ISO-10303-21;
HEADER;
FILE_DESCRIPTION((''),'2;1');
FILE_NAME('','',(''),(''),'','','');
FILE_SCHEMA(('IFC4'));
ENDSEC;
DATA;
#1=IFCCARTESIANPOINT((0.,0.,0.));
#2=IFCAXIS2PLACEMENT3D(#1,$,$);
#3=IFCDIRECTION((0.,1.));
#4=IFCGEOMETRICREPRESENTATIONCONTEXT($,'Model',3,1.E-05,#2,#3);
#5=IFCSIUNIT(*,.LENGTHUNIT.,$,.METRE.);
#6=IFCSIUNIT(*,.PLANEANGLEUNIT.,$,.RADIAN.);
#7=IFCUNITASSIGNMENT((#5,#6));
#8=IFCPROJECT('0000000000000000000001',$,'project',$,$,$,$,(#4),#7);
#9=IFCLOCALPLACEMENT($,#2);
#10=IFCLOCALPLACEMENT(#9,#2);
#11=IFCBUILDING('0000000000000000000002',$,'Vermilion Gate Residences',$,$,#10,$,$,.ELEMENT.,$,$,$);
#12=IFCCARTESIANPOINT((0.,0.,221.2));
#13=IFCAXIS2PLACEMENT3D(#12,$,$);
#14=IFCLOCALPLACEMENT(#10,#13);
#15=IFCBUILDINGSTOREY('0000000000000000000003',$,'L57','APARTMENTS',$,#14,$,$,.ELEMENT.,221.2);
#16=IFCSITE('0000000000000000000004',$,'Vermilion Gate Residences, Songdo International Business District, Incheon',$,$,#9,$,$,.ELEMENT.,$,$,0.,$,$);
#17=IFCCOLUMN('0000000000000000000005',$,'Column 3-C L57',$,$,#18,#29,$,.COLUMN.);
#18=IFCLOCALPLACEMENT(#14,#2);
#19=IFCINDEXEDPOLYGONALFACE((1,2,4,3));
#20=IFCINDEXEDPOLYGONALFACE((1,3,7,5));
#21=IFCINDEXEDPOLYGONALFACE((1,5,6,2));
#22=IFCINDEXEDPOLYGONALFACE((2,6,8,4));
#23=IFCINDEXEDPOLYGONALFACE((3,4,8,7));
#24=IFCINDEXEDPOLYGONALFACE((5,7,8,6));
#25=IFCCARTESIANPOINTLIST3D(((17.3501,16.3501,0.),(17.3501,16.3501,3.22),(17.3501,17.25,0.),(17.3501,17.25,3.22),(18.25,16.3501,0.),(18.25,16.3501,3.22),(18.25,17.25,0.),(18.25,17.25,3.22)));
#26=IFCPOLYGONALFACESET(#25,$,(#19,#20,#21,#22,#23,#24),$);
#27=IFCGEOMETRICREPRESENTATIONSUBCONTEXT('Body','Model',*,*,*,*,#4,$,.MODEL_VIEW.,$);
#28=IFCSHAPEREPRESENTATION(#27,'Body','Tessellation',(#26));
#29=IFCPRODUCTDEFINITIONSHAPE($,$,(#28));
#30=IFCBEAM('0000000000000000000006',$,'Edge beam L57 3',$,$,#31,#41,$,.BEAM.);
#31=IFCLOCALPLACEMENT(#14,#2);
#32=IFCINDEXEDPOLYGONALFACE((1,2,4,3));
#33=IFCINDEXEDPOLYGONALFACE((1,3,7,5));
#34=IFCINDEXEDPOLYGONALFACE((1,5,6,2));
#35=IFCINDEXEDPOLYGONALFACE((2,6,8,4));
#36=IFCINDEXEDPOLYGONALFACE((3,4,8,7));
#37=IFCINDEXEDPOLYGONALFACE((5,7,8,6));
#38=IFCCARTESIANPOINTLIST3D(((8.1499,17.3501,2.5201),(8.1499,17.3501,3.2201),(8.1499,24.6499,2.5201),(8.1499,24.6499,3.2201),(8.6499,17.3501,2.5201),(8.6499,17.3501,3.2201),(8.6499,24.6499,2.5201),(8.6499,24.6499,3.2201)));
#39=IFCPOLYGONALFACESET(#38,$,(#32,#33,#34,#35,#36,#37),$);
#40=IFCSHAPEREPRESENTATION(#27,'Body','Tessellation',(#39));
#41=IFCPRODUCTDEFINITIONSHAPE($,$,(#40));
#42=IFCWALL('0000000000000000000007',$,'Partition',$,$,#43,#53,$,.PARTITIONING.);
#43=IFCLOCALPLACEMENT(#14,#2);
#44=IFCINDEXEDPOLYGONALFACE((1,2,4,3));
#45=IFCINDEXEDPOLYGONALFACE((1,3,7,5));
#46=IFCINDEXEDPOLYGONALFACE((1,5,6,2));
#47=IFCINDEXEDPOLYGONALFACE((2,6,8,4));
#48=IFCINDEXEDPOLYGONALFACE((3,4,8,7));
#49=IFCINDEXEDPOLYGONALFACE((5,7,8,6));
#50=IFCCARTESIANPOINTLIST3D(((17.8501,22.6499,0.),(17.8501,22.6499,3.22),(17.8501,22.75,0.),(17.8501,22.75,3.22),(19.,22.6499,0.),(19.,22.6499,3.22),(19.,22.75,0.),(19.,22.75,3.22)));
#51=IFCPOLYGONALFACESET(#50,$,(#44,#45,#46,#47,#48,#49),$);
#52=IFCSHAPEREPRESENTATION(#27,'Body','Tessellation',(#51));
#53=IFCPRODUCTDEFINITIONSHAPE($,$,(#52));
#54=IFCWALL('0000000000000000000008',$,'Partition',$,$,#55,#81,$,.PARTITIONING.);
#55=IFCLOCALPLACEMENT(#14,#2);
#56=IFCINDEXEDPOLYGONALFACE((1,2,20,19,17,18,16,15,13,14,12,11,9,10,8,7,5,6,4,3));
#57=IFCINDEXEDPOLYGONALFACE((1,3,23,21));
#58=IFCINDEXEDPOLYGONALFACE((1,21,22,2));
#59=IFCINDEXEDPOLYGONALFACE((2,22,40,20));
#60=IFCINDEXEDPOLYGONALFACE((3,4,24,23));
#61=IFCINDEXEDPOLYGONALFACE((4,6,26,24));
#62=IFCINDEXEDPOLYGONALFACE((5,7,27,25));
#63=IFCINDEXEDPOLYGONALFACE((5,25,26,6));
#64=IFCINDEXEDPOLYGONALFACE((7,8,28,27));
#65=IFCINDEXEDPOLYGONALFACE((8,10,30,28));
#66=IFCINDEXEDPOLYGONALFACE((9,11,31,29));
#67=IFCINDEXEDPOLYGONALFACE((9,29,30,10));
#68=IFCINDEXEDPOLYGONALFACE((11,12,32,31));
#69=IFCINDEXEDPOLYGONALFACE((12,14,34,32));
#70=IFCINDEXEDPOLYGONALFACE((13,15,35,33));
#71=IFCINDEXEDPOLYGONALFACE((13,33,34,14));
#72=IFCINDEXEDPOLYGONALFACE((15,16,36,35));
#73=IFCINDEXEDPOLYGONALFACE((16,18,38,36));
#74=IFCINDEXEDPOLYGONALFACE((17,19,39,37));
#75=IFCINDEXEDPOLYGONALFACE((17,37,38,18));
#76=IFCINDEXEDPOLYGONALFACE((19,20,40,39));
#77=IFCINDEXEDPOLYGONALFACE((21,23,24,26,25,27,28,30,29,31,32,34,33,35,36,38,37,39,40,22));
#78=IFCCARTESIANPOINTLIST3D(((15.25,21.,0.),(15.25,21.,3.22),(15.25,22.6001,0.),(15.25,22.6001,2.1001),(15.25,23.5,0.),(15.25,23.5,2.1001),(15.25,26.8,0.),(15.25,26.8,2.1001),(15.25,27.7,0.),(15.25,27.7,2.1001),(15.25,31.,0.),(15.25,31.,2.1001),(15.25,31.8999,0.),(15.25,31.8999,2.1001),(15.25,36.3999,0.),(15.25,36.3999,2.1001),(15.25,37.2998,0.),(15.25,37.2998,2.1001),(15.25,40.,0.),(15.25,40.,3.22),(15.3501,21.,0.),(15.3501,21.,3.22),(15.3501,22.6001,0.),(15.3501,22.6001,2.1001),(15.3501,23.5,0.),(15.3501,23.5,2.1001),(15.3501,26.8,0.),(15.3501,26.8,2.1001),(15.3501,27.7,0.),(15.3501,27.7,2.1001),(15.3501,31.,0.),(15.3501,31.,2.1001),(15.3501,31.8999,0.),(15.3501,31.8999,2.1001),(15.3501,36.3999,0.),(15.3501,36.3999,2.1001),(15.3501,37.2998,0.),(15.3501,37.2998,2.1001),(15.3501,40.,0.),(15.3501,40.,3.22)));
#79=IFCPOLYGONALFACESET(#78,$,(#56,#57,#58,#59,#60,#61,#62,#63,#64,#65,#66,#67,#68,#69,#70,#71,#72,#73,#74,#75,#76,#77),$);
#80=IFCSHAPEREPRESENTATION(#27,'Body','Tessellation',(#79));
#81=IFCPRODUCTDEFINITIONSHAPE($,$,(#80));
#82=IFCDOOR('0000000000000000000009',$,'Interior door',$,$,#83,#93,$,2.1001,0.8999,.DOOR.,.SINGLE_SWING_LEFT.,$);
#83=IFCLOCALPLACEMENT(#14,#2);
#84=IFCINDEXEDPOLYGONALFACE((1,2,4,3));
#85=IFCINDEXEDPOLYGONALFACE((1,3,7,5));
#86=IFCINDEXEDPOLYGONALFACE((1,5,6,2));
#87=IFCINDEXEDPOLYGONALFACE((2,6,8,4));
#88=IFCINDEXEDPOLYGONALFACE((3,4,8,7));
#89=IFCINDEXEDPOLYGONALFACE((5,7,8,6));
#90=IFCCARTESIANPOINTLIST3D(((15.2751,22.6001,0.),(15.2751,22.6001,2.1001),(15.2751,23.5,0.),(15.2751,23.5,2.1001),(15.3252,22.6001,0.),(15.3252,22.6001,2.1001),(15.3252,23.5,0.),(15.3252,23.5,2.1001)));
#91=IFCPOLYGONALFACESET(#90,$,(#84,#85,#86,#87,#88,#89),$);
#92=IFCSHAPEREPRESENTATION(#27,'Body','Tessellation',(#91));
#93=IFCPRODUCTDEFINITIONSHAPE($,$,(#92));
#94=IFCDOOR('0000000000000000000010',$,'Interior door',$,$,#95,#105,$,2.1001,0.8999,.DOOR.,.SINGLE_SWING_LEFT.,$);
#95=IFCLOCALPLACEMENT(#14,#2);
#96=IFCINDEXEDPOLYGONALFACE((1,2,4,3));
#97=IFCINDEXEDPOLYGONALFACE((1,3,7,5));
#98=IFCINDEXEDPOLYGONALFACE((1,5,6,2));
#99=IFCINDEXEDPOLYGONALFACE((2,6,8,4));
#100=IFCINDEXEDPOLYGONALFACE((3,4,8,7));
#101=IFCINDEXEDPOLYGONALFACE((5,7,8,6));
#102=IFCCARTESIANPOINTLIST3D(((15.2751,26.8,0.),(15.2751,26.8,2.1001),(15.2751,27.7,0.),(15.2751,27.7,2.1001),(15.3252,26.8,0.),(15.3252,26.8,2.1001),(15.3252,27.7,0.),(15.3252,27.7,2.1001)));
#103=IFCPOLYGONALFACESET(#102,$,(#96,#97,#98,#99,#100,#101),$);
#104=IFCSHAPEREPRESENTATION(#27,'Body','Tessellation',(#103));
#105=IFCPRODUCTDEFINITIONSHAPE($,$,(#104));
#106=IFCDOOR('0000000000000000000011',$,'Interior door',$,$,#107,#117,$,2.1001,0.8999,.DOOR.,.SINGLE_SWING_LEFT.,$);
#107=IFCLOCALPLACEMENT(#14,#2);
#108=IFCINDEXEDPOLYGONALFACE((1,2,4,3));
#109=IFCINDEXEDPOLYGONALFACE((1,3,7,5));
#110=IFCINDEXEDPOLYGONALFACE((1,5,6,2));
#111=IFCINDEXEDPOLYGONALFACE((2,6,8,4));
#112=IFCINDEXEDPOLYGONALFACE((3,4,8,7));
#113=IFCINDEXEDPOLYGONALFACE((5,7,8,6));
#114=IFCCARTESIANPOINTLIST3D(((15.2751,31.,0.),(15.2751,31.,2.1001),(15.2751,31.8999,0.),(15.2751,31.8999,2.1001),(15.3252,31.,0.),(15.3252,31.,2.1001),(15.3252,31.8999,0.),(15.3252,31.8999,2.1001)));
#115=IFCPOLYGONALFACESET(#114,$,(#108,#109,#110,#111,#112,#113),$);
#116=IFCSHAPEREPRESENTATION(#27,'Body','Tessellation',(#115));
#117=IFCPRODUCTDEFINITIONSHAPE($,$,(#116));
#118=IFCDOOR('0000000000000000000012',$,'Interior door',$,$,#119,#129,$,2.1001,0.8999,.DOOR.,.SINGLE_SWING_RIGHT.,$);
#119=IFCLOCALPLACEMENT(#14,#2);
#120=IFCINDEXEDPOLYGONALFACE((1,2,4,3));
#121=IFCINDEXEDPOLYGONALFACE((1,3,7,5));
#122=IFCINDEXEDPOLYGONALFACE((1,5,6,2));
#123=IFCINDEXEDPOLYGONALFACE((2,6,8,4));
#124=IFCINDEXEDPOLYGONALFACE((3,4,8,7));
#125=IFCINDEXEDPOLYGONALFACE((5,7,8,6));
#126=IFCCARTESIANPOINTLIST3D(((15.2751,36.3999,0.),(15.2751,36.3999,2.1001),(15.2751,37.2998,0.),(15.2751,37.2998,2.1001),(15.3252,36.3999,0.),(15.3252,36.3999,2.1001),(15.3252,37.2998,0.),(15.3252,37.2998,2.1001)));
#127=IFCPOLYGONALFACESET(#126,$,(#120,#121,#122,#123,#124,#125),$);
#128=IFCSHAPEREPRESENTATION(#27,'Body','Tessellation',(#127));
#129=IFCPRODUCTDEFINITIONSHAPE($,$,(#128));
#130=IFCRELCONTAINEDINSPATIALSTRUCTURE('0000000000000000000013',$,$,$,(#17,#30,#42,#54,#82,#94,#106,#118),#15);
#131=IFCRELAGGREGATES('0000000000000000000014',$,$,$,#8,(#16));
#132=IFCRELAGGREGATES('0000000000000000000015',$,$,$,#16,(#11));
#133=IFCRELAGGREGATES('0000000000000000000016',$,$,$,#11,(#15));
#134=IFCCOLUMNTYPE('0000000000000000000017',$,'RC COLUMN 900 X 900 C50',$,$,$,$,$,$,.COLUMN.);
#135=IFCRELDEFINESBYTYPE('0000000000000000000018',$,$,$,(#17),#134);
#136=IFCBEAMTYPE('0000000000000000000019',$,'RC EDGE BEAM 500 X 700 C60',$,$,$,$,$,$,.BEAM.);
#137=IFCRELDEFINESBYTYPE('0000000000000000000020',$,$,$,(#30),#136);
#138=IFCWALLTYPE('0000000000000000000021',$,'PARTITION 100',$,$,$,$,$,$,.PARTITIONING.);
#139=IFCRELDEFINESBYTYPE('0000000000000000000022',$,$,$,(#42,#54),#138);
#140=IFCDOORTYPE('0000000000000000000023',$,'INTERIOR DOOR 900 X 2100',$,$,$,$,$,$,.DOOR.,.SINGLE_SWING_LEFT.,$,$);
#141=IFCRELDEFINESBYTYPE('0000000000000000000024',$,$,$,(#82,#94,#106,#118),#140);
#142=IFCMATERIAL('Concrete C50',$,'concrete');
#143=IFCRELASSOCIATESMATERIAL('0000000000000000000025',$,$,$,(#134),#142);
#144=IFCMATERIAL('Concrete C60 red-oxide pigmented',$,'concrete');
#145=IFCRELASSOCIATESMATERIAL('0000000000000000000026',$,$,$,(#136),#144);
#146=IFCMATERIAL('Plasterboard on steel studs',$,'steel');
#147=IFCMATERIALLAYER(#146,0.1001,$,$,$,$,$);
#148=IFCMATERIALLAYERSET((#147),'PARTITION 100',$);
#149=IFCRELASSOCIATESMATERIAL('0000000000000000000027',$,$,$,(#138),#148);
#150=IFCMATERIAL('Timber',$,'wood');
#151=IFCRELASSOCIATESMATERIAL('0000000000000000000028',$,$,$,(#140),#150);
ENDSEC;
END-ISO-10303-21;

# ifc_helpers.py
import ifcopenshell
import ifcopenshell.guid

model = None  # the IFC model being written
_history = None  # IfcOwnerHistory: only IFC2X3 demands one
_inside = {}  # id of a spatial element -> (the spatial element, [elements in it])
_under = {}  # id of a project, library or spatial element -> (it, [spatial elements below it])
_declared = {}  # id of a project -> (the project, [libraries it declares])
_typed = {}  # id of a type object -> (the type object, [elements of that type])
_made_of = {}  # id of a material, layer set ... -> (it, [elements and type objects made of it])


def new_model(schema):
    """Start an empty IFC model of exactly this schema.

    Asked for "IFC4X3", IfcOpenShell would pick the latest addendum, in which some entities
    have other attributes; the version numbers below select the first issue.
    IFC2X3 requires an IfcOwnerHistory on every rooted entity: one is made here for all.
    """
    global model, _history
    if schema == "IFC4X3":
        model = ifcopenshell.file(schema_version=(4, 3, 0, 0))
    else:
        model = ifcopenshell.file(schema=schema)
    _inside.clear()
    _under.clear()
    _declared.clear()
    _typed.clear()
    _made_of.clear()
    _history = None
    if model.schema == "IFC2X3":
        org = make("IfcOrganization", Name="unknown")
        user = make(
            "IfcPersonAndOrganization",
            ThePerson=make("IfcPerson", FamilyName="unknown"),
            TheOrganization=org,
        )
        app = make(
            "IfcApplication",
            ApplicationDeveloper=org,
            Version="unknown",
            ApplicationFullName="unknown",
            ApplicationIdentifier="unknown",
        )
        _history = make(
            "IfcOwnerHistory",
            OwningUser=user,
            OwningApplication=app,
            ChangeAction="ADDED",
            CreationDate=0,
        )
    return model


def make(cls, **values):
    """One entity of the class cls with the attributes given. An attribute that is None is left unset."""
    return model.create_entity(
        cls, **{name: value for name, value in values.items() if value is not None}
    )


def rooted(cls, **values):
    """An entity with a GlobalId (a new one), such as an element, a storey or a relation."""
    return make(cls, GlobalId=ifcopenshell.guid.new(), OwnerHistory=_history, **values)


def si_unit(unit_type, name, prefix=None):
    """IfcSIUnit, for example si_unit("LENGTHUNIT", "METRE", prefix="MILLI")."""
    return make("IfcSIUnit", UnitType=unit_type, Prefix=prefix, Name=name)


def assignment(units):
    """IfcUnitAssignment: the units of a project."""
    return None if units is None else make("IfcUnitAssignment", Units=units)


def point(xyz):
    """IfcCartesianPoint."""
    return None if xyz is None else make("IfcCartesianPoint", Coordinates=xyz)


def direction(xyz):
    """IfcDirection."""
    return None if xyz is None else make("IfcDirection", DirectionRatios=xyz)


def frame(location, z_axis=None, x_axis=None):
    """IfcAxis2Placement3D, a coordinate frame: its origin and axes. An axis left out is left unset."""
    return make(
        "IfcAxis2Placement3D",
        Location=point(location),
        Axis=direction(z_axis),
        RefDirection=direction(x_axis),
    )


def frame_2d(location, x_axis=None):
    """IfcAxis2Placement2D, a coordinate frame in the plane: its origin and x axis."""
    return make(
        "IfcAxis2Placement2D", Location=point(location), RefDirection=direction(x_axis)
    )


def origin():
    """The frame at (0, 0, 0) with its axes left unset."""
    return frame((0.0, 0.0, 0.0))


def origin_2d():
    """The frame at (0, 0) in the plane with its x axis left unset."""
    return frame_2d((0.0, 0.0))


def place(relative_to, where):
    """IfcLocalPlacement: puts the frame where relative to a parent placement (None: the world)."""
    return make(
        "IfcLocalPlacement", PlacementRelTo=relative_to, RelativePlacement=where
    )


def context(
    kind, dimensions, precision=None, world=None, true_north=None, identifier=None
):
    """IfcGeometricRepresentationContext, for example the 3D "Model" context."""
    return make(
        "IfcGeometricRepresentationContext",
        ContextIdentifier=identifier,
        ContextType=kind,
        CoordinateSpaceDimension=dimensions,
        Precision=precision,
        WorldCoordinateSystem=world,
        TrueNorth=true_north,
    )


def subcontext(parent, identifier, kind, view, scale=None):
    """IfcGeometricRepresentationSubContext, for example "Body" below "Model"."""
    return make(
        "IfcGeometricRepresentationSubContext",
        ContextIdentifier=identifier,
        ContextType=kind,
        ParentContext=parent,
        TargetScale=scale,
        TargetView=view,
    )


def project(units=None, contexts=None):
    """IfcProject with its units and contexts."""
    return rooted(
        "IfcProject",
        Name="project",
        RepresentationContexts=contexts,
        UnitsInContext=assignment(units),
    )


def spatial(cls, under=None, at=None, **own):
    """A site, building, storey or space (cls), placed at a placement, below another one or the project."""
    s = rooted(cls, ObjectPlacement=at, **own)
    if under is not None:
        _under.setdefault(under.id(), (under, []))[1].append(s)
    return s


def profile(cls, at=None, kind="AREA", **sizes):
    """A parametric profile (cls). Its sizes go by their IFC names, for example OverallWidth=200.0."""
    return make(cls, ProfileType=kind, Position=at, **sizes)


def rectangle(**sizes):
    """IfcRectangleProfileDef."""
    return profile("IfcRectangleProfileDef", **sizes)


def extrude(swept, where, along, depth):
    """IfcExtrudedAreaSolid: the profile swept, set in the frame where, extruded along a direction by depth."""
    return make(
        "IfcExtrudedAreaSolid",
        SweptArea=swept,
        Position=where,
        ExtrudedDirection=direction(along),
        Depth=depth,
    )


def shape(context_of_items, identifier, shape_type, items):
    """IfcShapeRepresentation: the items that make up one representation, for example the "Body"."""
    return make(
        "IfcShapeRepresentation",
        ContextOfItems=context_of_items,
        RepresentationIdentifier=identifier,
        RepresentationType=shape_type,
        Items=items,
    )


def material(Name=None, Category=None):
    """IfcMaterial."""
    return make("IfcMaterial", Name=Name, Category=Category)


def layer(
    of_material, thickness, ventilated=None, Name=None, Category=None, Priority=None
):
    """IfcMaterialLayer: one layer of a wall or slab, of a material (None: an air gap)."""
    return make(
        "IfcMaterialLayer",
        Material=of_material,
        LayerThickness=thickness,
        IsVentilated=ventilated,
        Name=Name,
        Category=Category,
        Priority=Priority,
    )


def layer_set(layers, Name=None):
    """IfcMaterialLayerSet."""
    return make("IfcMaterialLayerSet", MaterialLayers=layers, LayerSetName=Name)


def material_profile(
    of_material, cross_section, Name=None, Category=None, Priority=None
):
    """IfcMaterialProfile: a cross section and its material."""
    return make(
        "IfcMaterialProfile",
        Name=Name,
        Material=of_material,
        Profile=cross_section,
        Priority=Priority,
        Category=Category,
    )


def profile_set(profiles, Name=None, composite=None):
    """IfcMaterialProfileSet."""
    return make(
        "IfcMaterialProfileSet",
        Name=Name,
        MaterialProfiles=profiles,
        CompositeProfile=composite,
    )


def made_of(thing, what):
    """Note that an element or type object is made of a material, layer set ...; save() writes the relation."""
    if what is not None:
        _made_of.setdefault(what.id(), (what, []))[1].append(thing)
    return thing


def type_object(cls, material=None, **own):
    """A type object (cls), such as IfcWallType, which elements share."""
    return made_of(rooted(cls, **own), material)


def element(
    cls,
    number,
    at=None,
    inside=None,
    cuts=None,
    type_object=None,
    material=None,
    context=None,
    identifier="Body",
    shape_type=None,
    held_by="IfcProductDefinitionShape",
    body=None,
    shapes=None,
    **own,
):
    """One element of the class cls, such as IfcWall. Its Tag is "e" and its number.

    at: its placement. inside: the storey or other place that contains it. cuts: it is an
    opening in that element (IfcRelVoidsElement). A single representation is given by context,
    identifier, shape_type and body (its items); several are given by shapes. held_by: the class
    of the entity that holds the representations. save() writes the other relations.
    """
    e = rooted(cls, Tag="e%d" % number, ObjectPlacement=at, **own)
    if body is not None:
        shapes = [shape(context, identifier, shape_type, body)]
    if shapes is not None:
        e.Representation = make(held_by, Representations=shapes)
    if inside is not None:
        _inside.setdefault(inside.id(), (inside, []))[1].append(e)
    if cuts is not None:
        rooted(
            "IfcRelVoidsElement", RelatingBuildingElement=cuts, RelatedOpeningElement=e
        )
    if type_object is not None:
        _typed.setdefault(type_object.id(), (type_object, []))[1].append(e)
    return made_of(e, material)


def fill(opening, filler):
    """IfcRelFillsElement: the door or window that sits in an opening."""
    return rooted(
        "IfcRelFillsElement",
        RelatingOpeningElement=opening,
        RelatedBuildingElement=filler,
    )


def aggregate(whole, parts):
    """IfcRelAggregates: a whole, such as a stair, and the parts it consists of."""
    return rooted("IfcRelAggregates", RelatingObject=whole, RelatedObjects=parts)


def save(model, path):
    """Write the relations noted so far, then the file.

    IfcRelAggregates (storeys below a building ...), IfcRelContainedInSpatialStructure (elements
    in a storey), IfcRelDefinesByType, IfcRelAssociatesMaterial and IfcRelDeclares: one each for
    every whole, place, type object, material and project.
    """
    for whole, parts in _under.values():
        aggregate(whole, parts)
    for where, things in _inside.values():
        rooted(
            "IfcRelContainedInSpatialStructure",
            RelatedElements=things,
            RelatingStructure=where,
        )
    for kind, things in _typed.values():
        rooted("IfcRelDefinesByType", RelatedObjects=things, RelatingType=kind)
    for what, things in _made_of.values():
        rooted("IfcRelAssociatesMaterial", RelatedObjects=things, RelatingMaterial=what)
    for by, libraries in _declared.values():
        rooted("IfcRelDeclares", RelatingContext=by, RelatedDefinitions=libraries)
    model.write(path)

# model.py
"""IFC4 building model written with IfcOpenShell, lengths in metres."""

from ifc_helpers import new_model, si_unit, direction, frame, frame_2d, origin, origin_2d, place, context, subcontext, project, spatial, rectangle, extrude, material, layer, layer_set, material_profile, profile_set, type_object, element, fill, save


model = new_model("IFC4")

# Units and contexts
model_context = context("Model", 3, precision=1e-05, world=origin(), true_north=direction((0.0, 1.0)))
body_context = subcontext(model_context, "Body", "Model", "MODEL_VIEW")
ifc_project = project(units=[si_unit("LENGTHUNIT", "METRE"), si_unit("PLANEANGLEUNIT", "RADIAN")], contexts=[model_context])

# Site, building, storey
site_placement = place(None, origin())
site = spatial("IfcSite", under=ifc_project, at=site_placement, Name="Vermilion Gate Residences, Songdo International Business District, Incheon", CompositionType="ELEMENT", RefElevation=0.0)
building_placement = place(site_placement, origin())
building = spatial("IfcBuilding", under=site, at=building_placement, Name="Vermilion Gate Residences", CompositionType="ELEMENT")
storey_placement = place(building_placement, frame((0.0, 0.0, 221.2)))
storey = spatial("IfcBuildingStorey", under=building, at=storey_placement, Name="L57", Description="APARTMENTS", CompositionType="ELEMENT", Elevation=221.2)

# Column
ifc_material_1 = material(Name="Concrete C50", Category="concrete")
ifc_material_profile_1 = material_profile(ifc_material_1, rectangle(XDim=0.8999, YDim=0.8999, at=origin_2d()), Name="RC-900x900")
ifc_profile_set_1 = profile_set([ifc_material_profile_1], Name="Concrete C50")
column_type = type_object("IfcColumnType", Name="RC COLUMN 900 X 900 C50", PredefinedType="COLUMN", material=ifc_profile_set_1)
column_placement = place(storey_placement, frame((17.8, 16.8, 0.0), z_axis=(0.0, 0.0, 1.0), x_axis=(1.0, 0.0, 0.0)))
element("IfcColumn", 1, at=column_placement, inside=storey, type_object=column_type, Name="Column 3-C L57", PredefinedType="COLUMN", context=body_context, shape_type="SweptSolid", body=[
    extrude(rectangle(XDim=0.8999, YDim=0.8999, at=origin_2d()), origin(), (0.0, 0.0, 1.0), 3.22),
])

# Beam
ifc_material_2 = material(Name="Concrete C60 red-oxide pigmented", Category="concrete")
ifc_material_profile_2 = material_profile(ifc_material_2, rectangle(XDim=0.5, YDim=0.7, at=origin_2d()), Name="RC-500x700")
ifc_profile_set_2 = profile_set([ifc_material_profile_2], Name="Concrete C60 red-oxide pigmented")
beam_type = type_object("IfcBeamType", Name="RC EDGE BEAM 500 X 700 C60", PredefinedType="BEAM", material=ifc_profile_set_2)
beam_placement = place(storey_placement, frame((8.3999, 17.3501, 2.8701), z_axis=(0.0, 1.0, 0.0), x_axis=(-1.0, 0.0, 0.0)))
element("IfcBeam", 2, at=beam_placement, inside=storey, type_object=beam_type, Name="Edge beam L57 3", PredefinedType="BEAM", context=body_context, shape_type="SweptSolid", body=[
    extrude(rectangle(XDim=0.5, YDim=0.7, at=origin_2d()), origin(), (0.0, 0.0, 1.0), 7.2998),
])

# Wall
ifc_material_3 = material(Name="Plasterboard on steel studs", Category="steel")
ifc_layer_1 = layer(ifc_material_3, 0.1001)
ifc_layer_set_1 = layer_set([ifc_layer_1], Name="PARTITION 100")
wall_type_1 = type_object("IfcWallType", Name="PARTITION 100", PredefinedType="PARTITIONING", material=ifc_layer_set_1)
wall_1_placement = place(storey_placement, frame((17.8501, 22.7, 0.0), z_axis=(0.0, 0.0, 1.0), x_axis=(1.0, 0.0, 0.0)))
element("IfcWall", 3, at=wall_1_placement, inside=storey, type_object=wall_type_1, Name="Partition", PredefinedType="PARTITIONING", context=body_context, shape_type="SweptSolid", body=[
    extrude(rectangle(XDim=1.1499, YDim=0.1001, at=frame_2d((0.575, 0.0))), origin(), (0.0, 0.0, 1.0), 3.22),
])

# Wall, openings, doors
wall_2_placement = place(storey_placement, frame((15.3, 21.0, 0.0), z_axis=(0.0, 0.0, 1.0), x_axis=(0.0, 1.0, 0.0)))
wall_2 = element("IfcWall", 4, at=wall_2_placement, inside=storey, type_object=wall_type_1, Name="Partition", PredefinedType="PARTITIONING", context=body_context, shape_type="SweptSolid", body=[
    extrude(rectangle(XDim=19.0, YDim=0.1001, at=frame_2d((9.5, 0.0))), origin(), (0.0, 0.0, 1.0), 3.22),
])
opening_1_placement = place(wall_2_placement, frame((1.6001, 0.0, 0.0)))
opening_1 = element("IfcOpeningElement", 5, at=opening_1_placement, cuts=wall_2, PredefinedType="OPENING", context=body_context, shape_type="SweptSolid", body=[
    extrude(rectangle(XDim=0.8999, YDim=2.1001, at=frame_2d((0.45, 1.05))), frame((0.0, 0.0601, 0.0), z_axis=(0.0, -1.0, 0.0), x_axis=(1.0, 0.0, 0.0)), (0.0, 0.0, 1.0), 0.1201),
])
opening_2_placement = place(wall_2_placement, frame((5.8, 0.0, 0.0)))
opening_2 = element("IfcOpeningElement", 6, at=opening_2_placement, cuts=wall_2, PredefinedType="OPENING", context=body_context, shape_type="SweptSolid", body=[
    extrude(rectangle(XDim=0.8999, YDim=2.1001, at=frame_2d((0.45, 1.05))), frame((0.0, 0.0601, 0.0), z_axis=(0.0, -1.0, 0.0), x_axis=(1.0, 0.0, 0.0)), (0.0, 0.0, 1.0), 0.1201),
])
opening_3_placement = place(wall_2_placement, frame((10.0, 0.0, 0.0)))
opening_3 = element("IfcOpeningElement", 7, at=opening_3_placement, cuts=wall_2, PredefinedType="OPENING", context=body_context, shape_type="SweptSolid", body=[
    extrude(rectangle(XDim=0.8999, YDim=2.1001, at=frame_2d((0.45, 1.05))), frame((0.0, 0.0601, 0.0), z_axis=(0.0, -1.0, 0.0), x_axis=(1.0, 0.0, 0.0)), (0.0, 0.0, 1.0), 0.1201),
])
opening_4_placement = place(wall_2_placement, frame((15.3999, 0.0, 0.0)))
opening_4 = element("IfcOpeningElement", 8, at=opening_4_placement, cuts=wall_2, PredefinedType="OPENING", context=body_context, shape_type="SweptSolid", body=[
    extrude(rectangle(XDim=0.8999, YDim=2.1001, at=frame_2d((0.45, 1.05))), frame((0.0, 0.0601, 0.0), z_axis=(0.0, -1.0, 0.0), x_axis=(1.0, 0.0, 0.0)), (0.0, 0.0, 1.0), 0.1201),
])
ifc_material_4 = material(Name="Timber", Category="wood")
door_type_1 = type_object("IfcDoorType", Name="INTERIOR DOOR 900 X 2100", OperationType="SINGLE_SWING_LEFT", PredefinedType="DOOR", material=ifc_material_4)
door_1_placement = place(opening_1_placement, origin())
door_1 = element("IfcDoor", 9, at=door_1_placement, inside=storey, type_object=door_type_1, Name="Interior door", OperationType="SINGLE_SWING_LEFT", OverallHeight=2.1001, OverallWidth=0.8999, PredefinedType="DOOR", context=body_context, shape_type="SweptSolid", body=[
    extrude(rectangle(XDim=0.8999, YDim=2.1001, at=frame_2d((0.45, 1.05))), frame((0.0, 0.0249, 0.0), z_axis=(0.0, -1.0, 0.0), x_axis=(1.0, 0.0, 0.0)), (0.0, 0.0, 1.0), 0.05),
])
fill(opening_1, door_1)
door_2_placement = place(opening_2_placement, origin())
door_2 = element("IfcDoor", 10, at=door_2_placement, inside=storey, type_object=door_type_1, Name="Interior door", OperationType="SINGLE_SWING_LEFT", OverallHeight=2.1001, OverallWidth=0.8999, PredefinedType="DOOR", context=body_context, shape_type="SweptSolid", body=[
    extrude(rectangle(XDim=0.8999, YDim=2.1001, at=frame_2d((0.45, 1.05))), frame((0.0, 0.0249, 0.0), z_axis=(0.0, -1.0, 0.0), x_axis=(1.0, 0.0, 0.0)), (0.0, 0.0, 1.0), 0.05),
])
fill(opening_2, door_2)
door_3_placement = place(opening_3_placement, origin())
door_3 = element("IfcDoor", 11, at=door_3_placement, inside=storey, type_object=door_type_1, Name="Interior door", OperationType="SINGLE_SWING_LEFT", OverallHeight=2.1001, OverallWidth=0.8999, PredefinedType="DOOR", context=body_context, shape_type="SweptSolid", body=[
    extrude(rectangle(XDim=0.8999, YDim=2.1001, at=frame_2d((0.45, 1.05))), frame((0.0, 0.0249, 0.0), z_axis=(0.0, -1.0, 0.0), x_axis=(1.0, 0.0, 0.0)), (0.0, 0.0, 1.0), 0.05),
])
fill(opening_3, door_3)
door_4_placement = place(opening_4_placement, origin())
door_4 = element("IfcDoor", 12, at=door_4_placement, inside=storey, type_object=door_type_1, Name="Interior door", OperationType="SINGLE_SWING_RIGHT", OverallHeight=2.1001, OverallWidth=0.8999, PredefinedType="DOOR", context=body_context, shape_type="SweptSolid", body=[
    extrude(rectangle(XDim=0.8999, YDim=2.1001, at=frame_2d((0.45, 1.05))), frame((0.0, 0.0249, 0.0), z_axis=(0.0, -1.0, 0.0), x_axis=(1.0, 0.0, 0.0)), (0.0, 0.0, 1.0), 0.05),
])
fill(opening_4, door_4)

save(model, "model.ifc")
